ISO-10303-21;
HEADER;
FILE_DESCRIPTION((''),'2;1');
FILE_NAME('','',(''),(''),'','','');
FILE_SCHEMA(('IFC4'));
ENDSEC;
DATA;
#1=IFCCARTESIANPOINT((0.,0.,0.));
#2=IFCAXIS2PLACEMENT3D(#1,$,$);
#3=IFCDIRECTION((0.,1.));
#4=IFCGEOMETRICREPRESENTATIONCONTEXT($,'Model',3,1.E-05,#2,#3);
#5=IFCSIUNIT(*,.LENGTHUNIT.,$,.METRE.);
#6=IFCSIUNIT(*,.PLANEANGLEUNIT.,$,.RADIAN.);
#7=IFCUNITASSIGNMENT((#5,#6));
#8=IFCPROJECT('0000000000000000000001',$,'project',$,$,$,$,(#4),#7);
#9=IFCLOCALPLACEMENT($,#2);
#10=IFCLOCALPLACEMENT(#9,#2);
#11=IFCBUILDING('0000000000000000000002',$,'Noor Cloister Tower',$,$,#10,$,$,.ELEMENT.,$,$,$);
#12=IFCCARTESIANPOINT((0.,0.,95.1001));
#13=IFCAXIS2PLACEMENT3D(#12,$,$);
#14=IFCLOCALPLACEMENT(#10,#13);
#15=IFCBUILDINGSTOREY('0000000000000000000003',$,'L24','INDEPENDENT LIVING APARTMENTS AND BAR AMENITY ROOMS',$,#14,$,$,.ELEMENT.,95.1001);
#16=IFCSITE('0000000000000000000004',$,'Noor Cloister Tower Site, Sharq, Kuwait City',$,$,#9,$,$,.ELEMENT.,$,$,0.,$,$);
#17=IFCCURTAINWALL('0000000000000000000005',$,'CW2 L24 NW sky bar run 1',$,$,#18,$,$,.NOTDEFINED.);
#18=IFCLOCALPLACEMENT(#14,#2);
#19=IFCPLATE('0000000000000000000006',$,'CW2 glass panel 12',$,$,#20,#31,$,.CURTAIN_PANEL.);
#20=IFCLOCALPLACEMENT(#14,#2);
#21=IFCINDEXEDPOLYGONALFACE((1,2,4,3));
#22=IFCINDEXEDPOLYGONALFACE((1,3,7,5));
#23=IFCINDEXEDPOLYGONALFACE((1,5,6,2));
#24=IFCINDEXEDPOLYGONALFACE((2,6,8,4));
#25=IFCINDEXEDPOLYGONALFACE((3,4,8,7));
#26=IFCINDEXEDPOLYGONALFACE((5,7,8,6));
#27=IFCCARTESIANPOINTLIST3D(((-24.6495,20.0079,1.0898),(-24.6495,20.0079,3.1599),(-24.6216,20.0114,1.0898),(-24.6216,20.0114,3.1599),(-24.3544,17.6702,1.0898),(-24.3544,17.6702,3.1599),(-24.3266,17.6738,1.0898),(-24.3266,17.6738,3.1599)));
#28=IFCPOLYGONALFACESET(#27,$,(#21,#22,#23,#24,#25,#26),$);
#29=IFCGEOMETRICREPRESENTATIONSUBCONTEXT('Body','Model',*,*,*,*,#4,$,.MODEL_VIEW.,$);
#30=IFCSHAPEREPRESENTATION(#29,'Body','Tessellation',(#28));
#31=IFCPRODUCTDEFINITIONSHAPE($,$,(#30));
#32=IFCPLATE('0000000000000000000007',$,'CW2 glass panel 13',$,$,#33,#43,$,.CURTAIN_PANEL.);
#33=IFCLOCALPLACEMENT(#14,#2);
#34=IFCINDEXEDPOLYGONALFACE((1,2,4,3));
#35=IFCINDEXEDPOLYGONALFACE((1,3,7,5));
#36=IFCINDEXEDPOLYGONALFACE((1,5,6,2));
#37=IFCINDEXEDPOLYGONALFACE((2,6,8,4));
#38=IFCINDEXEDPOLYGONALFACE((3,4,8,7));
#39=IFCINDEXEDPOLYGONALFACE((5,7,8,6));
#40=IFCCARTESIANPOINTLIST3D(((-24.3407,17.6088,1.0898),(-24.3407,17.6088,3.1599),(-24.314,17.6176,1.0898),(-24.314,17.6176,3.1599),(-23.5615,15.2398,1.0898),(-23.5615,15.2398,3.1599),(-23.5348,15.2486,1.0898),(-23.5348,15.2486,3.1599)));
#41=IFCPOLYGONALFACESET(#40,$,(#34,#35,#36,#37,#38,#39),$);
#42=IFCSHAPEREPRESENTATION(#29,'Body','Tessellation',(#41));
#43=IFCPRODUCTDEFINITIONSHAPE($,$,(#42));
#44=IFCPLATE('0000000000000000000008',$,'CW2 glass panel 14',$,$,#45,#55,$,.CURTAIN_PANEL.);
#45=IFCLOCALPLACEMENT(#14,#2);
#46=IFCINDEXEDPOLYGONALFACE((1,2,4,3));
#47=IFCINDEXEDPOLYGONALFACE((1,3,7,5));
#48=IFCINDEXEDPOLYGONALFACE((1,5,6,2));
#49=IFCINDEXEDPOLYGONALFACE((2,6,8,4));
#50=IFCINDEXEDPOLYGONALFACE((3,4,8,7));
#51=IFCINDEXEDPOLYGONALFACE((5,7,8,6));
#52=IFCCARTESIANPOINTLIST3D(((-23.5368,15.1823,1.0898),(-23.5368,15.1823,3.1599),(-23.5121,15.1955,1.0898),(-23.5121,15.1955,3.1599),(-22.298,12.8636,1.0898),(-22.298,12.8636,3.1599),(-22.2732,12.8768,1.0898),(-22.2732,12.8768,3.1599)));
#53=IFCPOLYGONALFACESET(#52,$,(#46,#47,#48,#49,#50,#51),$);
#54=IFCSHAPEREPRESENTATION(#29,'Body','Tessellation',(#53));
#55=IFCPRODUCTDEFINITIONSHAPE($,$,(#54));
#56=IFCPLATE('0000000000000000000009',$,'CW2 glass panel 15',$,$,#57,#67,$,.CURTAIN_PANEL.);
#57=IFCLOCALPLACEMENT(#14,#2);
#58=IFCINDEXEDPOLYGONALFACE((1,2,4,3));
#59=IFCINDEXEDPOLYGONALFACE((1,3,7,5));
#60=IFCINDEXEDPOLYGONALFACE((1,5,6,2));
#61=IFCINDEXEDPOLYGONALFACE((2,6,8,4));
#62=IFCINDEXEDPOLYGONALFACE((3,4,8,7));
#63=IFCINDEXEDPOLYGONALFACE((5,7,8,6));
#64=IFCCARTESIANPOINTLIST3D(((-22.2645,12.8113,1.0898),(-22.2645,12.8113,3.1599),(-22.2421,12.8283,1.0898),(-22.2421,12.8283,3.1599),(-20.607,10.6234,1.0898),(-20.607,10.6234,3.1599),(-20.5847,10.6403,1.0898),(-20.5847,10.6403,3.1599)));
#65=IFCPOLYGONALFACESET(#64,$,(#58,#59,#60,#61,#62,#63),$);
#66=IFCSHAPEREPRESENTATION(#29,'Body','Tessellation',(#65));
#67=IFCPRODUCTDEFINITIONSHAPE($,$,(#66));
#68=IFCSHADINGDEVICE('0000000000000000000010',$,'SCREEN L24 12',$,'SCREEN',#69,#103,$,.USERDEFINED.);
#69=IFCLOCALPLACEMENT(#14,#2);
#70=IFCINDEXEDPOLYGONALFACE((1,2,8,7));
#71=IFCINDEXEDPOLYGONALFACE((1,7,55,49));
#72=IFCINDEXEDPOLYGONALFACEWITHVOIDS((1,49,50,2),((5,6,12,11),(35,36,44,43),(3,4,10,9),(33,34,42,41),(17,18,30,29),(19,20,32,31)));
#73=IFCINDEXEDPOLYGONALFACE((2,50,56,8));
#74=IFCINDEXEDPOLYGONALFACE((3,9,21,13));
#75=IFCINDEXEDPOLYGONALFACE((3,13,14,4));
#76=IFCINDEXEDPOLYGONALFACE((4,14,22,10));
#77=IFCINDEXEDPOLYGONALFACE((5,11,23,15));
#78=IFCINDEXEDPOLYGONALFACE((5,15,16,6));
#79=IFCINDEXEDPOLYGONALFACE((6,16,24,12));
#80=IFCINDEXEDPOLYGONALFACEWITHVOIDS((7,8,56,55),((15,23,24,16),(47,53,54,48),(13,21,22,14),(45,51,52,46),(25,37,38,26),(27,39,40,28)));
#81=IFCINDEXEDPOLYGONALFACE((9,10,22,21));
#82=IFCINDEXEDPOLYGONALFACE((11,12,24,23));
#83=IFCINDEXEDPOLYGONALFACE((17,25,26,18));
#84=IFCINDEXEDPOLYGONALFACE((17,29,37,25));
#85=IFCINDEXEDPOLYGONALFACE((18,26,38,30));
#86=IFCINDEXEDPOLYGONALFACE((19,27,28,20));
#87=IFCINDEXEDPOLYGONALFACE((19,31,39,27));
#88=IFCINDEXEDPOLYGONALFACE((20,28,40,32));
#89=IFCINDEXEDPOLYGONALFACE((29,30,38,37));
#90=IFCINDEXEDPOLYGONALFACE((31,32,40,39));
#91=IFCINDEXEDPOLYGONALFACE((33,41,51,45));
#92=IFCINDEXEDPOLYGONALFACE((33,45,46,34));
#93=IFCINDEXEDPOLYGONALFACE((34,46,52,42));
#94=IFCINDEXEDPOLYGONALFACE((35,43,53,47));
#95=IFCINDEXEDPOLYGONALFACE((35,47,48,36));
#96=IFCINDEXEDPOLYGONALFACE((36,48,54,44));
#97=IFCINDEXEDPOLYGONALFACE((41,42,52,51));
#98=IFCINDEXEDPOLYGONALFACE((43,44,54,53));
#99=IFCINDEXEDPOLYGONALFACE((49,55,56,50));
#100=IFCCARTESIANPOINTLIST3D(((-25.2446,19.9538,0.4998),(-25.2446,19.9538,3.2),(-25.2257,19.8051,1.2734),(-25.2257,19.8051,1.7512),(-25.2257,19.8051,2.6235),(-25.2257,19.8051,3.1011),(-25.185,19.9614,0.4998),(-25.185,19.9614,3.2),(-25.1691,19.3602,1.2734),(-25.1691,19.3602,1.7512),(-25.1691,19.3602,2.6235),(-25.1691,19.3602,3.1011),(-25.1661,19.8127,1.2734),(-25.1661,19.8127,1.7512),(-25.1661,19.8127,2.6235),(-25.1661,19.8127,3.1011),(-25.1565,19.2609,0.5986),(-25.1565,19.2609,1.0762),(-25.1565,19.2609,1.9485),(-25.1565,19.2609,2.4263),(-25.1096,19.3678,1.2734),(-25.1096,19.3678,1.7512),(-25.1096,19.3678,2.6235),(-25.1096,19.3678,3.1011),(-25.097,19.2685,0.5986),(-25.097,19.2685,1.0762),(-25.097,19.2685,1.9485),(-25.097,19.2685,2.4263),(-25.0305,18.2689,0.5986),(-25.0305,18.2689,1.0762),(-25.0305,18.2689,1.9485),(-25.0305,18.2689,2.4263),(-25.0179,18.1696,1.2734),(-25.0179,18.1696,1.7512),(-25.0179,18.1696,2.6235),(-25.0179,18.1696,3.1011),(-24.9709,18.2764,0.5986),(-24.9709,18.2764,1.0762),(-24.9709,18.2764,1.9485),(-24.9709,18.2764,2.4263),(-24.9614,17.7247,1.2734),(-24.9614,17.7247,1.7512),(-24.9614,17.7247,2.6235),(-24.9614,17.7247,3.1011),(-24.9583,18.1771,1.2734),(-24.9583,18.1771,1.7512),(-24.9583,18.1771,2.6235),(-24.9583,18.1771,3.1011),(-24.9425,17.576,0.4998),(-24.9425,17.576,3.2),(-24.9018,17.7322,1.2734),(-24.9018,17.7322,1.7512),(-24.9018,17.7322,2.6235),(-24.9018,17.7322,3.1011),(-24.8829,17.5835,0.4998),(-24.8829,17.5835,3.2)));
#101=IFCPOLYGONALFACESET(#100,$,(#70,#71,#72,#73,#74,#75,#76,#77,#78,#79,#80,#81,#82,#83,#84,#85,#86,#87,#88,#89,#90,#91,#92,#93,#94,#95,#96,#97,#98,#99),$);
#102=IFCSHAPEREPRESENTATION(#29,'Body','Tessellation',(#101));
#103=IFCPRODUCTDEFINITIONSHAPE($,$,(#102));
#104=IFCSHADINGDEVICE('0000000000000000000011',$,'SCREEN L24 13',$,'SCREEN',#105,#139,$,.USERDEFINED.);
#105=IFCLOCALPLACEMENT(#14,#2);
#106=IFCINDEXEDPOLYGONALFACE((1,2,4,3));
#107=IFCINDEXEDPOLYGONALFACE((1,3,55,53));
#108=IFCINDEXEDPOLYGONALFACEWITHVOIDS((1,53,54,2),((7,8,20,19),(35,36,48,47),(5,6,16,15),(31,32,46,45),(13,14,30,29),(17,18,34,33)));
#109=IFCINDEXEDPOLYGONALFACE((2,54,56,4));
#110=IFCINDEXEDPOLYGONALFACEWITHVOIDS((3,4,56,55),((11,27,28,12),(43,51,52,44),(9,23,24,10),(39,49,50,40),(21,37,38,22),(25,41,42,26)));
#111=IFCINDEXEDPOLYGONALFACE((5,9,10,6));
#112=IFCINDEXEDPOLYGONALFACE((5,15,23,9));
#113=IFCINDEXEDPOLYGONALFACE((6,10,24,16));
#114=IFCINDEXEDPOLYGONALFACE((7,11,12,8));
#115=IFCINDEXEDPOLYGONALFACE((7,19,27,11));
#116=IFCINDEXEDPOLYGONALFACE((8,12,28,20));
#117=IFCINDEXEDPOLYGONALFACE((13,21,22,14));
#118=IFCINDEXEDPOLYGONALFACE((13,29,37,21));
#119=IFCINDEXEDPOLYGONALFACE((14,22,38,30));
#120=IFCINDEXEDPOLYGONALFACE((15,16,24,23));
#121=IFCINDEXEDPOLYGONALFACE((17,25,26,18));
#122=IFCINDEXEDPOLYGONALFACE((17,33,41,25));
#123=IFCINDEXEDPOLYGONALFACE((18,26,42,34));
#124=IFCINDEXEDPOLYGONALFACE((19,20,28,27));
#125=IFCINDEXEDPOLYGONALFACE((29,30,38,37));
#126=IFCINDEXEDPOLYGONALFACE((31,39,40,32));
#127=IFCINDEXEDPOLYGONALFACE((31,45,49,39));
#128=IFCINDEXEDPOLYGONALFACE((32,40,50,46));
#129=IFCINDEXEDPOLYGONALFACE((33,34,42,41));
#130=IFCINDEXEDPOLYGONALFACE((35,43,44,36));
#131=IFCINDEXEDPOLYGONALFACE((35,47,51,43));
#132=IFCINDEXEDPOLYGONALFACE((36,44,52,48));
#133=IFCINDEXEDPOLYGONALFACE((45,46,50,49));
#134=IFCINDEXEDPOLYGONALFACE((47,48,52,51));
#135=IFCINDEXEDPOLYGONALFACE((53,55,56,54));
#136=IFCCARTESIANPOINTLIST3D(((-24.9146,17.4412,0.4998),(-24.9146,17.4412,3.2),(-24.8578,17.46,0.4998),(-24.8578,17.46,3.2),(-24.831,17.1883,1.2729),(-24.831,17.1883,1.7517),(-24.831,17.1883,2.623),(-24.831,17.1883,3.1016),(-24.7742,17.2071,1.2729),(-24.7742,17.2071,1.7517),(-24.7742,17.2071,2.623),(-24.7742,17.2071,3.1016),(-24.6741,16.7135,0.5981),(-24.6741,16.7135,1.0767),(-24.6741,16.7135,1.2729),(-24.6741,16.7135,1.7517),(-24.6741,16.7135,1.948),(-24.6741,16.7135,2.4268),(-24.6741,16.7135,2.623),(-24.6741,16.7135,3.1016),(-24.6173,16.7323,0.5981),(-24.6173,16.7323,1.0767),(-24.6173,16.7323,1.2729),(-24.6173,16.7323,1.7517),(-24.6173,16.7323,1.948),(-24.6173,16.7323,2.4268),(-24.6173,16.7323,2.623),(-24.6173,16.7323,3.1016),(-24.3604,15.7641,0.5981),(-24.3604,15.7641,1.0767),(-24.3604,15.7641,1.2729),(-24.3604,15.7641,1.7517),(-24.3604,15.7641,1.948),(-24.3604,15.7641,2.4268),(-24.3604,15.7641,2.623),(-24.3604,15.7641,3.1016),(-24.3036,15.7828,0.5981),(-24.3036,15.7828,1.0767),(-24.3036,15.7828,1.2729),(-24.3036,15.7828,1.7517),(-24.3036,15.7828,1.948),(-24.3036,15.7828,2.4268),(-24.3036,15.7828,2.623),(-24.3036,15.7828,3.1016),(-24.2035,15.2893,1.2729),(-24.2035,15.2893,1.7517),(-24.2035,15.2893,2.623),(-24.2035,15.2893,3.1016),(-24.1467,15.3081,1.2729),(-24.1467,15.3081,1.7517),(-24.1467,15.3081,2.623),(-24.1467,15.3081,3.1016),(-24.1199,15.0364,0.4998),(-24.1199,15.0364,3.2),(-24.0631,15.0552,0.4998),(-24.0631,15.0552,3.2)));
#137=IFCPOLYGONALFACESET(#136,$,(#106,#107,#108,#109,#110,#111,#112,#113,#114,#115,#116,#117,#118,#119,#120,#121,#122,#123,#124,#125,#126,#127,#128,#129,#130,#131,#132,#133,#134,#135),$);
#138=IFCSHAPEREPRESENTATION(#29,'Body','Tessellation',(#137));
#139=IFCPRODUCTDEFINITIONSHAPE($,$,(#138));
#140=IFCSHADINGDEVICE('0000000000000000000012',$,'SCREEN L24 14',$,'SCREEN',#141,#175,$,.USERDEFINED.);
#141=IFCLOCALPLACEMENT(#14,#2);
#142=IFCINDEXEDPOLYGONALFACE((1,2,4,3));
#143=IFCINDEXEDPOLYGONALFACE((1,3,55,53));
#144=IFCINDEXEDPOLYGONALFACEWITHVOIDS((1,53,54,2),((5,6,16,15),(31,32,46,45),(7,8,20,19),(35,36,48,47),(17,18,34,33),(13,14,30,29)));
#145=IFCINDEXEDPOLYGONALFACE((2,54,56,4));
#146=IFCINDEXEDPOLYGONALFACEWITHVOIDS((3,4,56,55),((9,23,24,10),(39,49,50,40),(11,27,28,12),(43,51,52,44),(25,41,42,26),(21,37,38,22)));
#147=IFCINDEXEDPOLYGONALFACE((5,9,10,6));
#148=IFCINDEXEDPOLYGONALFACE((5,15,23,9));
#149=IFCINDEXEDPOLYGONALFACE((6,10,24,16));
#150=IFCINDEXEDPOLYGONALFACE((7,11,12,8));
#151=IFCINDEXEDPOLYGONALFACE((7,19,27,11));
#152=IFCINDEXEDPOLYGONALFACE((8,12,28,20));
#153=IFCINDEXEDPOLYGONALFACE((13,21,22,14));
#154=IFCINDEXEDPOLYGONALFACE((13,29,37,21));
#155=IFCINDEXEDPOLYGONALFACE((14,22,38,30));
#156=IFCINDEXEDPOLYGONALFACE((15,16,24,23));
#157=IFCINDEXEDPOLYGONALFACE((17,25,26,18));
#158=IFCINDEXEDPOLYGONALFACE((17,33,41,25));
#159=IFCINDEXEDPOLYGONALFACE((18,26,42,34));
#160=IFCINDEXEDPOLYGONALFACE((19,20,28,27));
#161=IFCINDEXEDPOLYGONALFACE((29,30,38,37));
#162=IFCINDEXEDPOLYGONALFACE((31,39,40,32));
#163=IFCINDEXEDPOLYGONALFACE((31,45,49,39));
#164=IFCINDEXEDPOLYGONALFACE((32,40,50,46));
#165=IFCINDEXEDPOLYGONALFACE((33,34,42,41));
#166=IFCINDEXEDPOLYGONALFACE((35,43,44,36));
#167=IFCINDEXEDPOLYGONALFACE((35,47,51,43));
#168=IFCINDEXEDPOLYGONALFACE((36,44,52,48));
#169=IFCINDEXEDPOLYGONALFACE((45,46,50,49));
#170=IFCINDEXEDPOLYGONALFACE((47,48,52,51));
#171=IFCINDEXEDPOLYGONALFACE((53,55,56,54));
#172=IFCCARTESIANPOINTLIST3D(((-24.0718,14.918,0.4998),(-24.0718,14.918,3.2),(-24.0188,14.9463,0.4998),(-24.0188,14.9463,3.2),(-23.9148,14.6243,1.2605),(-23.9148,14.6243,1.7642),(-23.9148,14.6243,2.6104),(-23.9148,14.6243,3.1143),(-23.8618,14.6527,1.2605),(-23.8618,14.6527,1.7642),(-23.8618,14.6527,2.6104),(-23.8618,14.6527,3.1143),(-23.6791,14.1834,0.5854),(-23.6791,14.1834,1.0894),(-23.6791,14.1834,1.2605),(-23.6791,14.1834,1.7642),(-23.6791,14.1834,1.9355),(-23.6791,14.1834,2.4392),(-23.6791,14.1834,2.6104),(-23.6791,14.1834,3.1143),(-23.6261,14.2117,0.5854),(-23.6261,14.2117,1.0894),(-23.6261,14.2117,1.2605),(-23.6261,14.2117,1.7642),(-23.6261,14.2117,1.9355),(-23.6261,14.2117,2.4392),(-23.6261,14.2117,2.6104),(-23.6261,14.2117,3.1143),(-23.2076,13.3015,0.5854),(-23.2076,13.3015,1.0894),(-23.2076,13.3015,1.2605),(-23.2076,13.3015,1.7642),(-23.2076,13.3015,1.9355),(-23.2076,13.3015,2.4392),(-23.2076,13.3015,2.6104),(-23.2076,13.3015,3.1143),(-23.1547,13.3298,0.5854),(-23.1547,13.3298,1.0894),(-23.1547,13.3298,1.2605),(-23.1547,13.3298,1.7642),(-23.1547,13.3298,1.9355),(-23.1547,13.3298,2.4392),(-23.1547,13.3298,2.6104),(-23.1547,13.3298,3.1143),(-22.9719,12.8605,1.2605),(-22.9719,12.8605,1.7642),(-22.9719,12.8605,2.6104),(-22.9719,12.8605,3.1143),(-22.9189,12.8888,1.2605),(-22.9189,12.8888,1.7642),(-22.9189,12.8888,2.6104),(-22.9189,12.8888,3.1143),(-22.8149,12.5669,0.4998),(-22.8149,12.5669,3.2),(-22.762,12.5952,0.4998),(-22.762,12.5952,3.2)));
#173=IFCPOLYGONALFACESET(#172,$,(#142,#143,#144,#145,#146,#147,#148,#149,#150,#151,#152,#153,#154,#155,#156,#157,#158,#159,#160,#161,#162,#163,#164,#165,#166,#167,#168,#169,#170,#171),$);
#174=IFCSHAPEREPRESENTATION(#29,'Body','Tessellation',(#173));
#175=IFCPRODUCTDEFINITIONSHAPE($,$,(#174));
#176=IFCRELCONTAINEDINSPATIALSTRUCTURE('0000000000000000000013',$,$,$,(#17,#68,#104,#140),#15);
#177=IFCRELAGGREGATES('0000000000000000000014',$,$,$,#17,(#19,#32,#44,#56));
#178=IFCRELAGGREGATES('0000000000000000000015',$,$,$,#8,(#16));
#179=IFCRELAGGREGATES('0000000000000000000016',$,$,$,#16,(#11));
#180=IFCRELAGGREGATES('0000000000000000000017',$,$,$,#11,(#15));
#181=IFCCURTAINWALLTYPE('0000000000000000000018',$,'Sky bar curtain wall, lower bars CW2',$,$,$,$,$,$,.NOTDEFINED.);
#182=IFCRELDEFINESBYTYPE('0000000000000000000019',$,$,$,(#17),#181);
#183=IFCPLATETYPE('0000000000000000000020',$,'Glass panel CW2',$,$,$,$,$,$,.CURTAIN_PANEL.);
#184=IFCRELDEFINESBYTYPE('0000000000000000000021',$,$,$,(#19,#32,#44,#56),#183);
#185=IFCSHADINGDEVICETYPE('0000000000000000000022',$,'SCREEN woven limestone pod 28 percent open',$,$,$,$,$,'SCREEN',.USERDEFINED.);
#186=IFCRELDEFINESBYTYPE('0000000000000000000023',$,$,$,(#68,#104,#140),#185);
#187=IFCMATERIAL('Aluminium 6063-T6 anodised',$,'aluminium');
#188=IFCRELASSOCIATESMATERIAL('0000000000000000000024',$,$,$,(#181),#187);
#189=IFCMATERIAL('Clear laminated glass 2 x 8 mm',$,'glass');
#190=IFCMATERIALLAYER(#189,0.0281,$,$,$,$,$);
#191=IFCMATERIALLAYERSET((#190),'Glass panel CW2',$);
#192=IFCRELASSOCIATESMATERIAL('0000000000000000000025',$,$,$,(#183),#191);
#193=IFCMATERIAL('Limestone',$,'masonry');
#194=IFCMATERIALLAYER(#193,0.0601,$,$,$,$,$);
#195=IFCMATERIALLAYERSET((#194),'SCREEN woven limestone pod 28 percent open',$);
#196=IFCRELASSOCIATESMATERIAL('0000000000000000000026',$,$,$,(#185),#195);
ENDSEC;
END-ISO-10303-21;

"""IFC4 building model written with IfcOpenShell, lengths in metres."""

from ifc_helpers import new_model, si_unit, direction, frame, origin, origin_2d, place, context, subcontext, project, spatial, polyline, rectangle, outline, extrude, material, layer, layer_set, type_object, element, aggregate, save


model = new_model("IFC4")

# Units and contexts
model_context = context("Model", 3, precision=1e-05, world=origin(), true_north=direction((0.0, 1.0)))
body_context = subcontext(model_context, "Body", "Model", "MODEL_VIEW")
ifc_project = project(units=[si_unit("LENGTHUNIT", "METRE"), si_unit("PLANEANGLEUNIT", "RADIAN")], contexts=[model_context])

# Site, building, storey
site_placement = place(None, origin())
site = spatial("IfcSite", under=ifc_project, at=site_placement, Name="Noor Cloister Tower Site, Sharq, Kuwait City", CompositionType="ELEMENT", RefElevation=0.0)
building_placement = place(site_placement, origin())
building = spatial("IfcBuilding", under=site, at=building_placement, Name="Noor Cloister Tower", CompositionType="ELEMENT")
storey_placement = place(building_placement, frame((0.0, 0.0, 95.1001)))
storey = spatial("IfcBuildingStorey", under=building, at=storey_placement, Name="L24", Description="INDEPENDENT LIVING APARTMENTS AND BAR AMENITY ROOMS", CompositionType="ELEMENT", Elevation=95.1001)

# Curtain wall
ifc_material_1 = material(Name="Aluminium 6063-T6 anodised", Category="aluminium")
curtain_wall_type = type_object("IfcCurtainWallType", Name="Sky bar curtain wall, lower bars CW2", PredefinedType="NOTDEFINED", material=ifc_material_1)
curtain_wall_placement = place(storey_placement, origin())
curtain_wall = element("IfcCurtainWall", 1, at=curtain_wall_placement, inside=storey, type_object=curtain_wall_type, Name="CW2 L24 NW sky bar run 1", PredefinedType="NOTDEFINED")

# Plates
ifc_material_2 = material(Name="Clear laminated glass 2 x 8 mm", Category="glass")
ifc_layer_1 = layer(ifc_material_2, 0.0281)
ifc_layer_set_1 = layer_set([ifc_layer_1], Name="Glass panel CW2")
plate_type = type_object("IfcPlateType", Name="Glass panel CW2", PredefinedType="CURTAIN_PANEL", material=ifc_layer_set_1)
plate_1_placement = place(storey_placement, frame((-24.488, 18.8408, 1.0898), z_axis=(0.0, 0.0, 1.0), x_axis=(0.125227, -0.992128, 0.0)))
plate_1 = element("IfcPlate", 2, at=plate_1_placement, type_object=plate_type, Name="CW2 glass panel 12", PredefinedType="CURTAIN_PANEL", context=body_context, shape_type="SweptSolid", body=[
    extrude(rectangle(XDim=2.3562, YDim=0.0281, at=origin_2d()), origin(), (0.0, 0.0, 1.0), 2.0701),
])
plate_2_placement = place(storey_placement, frame((-23.9377, 16.4287, 1.0898), z_axis=(0.0, 0.0, 1.0), x_axis=(0.312457, -0.949932, 0.0)))
plate_2 = element("IfcPlate", 3, at=plate_2_placement, type_object=plate_type, Name="CW2 glass panel 13", PredefinedType="CURTAIN_PANEL", context=body_context, shape_type="SweptSolid", body=[
    extrude(rectangle(XDim=2.4939, YDim=0.0281, at=origin_2d()), origin(), (0.0, 0.0, 1.0), 2.0701),
])
plate_3_placement = place(storey_placement, frame((-22.905, 14.0295, 1.0898), z_axis=(0.0, 0.0, 1.0), x_axis=(0.471239, -0.882006, 0.0)))
plate_3 = element("IfcPlate", 4, at=plate_3_placement, type_object=plate_type, Name="CW2 glass panel 14", PredefinedType="CURTAIN_PANEL", context=body_context, shape_type="SweptSolid", body=[
    extrude(rectangle(XDim=2.6289, YDim=0.0281, at=origin_2d()), origin(), (0.0, 0.0, 1.0), 2.0701),
])
plate_4_placement = place(storey_placement, frame((-21.4246, 11.7258, 1.0898), z_axis=(0.0, 0.0, 1.0), x_axis=(0.603826, -0.797116, 0.0)))
plate_4 = element("IfcPlate", 5, at=plate_4_placement, type_object=plate_type, Name="CW2 glass panel 15", PredefinedType="CURTAIN_PANEL", context=body_context, shape_type="SweptSolid", body=[
    extrude(rectangle(XDim=2.7449, YDim=0.0281, at=origin_2d()), origin(), (0.0, 0.0, 1.0), 2.0701),
])
aggregate(curtain_wall, [plate_1, plate_2, plate_3, plate_4])

# Shading devices
ifc_material_3 = material(Name="Limestone", Category="masonry")
ifc_layer_2 = layer(ifc_material_3, 0.0601)
ifc_layer_set_2 = layer_set([ifc_layer_2], Name="SCREEN woven limestone pod 28 percent open")
shading_device_type = type_object("IfcShadingDeviceType", Name="SCREEN woven limestone pod 28 percent open", ElementType="SCREEN", PredefinedType="USERDEFINED", material=ifc_layer_set_2)
shading_device_1_placement = place(storey_placement, frame((-25.0339, 18.7725, 1.8499), z_axis=(-0.992026, -0.126036, 0.0), x_axis=(0.126036, -0.992026, 0.0)))
element("IfcShadingDevice", 6, at=shading_device_1_placement, inside=storey, type_object=shading_device_type, Name="SCREEN L24 12", ObjectType="SCREEN", PredefinedType="USERDEFINED", context=body_context, shape_type="SweptSolid", body=[
    extrude(outline(polyline([(-1.1985, -1.3501), (1.1985, -1.3501), (1.1985, 1.3501), (-1.1985, 1.3501), (-1.1985, -1.3501)]), holes=[polyline([(-0.5, -1.2512), (0.5, -1.2512), (0.5, -0.7737), (-0.5, -0.7737), (-0.5, -1.2512)]), polyline([(0.6001, -0.5764), (1.0486, -0.5764), (1.0486, -0.0986), (0.6001, -0.0986), (0.6001, -0.5764)]), polyline([(-1.0486, -0.5764), (-0.6001, -0.5764), (-0.6001, -0.0986), (-1.0486, -0.0986), (-1.0486, -0.5764)]), polyline([(-0.5, 0.0986), (0.5, 0.0986), (0.5, 0.5764), (-0.5, 0.5764), (-0.5, 0.0986)]), polyline([(0.6001, 0.7737), (1.0486, 0.7737), (1.0486, 1.2512), (0.6001, 1.2512), (0.6001, 0.7737)]), polyline([(-1.0486, 0.7737), (-0.6001, 0.7737), (-0.6001, 1.2512), (-1.0486, 1.2512), (-1.0486, 0.7737)])]), origin(), (0.0, 0.0, 1.0), 0.0601),
])
shading_device_2_placement = place(storey_placement, frame((-24.4604, 16.2576, 1.8499), z_axis=(-0.949495, -0.313782, 0.0), x_axis=(0.313782, -0.949495, 0.0)))
element("IfcShadingDevice", 7, at=shading_device_2_placement, inside=storey, type_object=shading_device_type, Name="SCREEN L24 13", ObjectType="SCREEN", PredefinedType="USERDEFINED", context=body_context, shape_type="SweptSolid", body=[
    extrude(outline(polyline([(-1.2664, -1.3501), (1.2664, -1.3501), (1.2664, 1.3501), (-1.2664, 1.3501), (-1.2664, -1.3501)]), holes=[polyline([(-0.5, -1.2517), (0.5, -1.2517), (0.5, -0.7732), (-0.5, -0.7732), (-0.5, -1.2517)]), polyline([(-1.0, -0.5769), (-0.5, -0.5769), (-0.5, -0.0981), (-1.0, -0.0981), (-1.0, -0.5769)]), polyline([(0.5, -0.5769), (1.0, -0.5769), (1.0, -0.0981), (0.5, -0.0981), (0.5, -0.5769)]), polyline([(-0.5, 0.0981), (0.5, 0.0981), (0.5, 0.5769), (-0.5, 0.5769), (-0.5, 0.0981)]), polyline([(-1.0, 0.7732), (-0.5, 0.7732), (-0.5, 1.2517), (-1.0, 1.2517), (-1.0, 0.7732)]), polyline([(0.5, 0.7732), (1.0, 0.7732), (1.0, 1.2517), (0.5, 1.2517), (0.5, 0.7732)])]), origin(), (0.0, 0.0, 1.0), 0.0598),
])
shading_device_3_placement = place(storey_placement, frame((-23.3904, 13.7708, 1.8499), z_axis=(-0.881903, -0.471432, 0.0), x_axis=(0.471432, -0.881903, 0.0)))
element("IfcShadingDevice", 8, at=shading_device_3_placement, inside=storey, type_object=shading_device_type, Name="SCREEN L24 14", ObjectType="SCREEN", PredefinedType="USERDEFINED", context=body_context, shape_type="SweptSolid", body=[
    extrude(outline(polyline([(-1.333, -1.3501), (1.333, -1.3501), (1.333, 1.3501), (-1.333, 1.3501), (-1.333, -1.3501)]), holes=[polyline([(-0.5, -1.2644), (0.5, -1.2644), (0.5, -0.7605), (-0.5, -0.7605), (-0.5, -1.2644)]), polyline([(-1.0, -0.5894), (-0.5, -0.5894), (-0.5, -0.0857), (-1.0, -0.0857), (-1.0, -0.5894)]), polyline([(0.5, -0.5894), (1.0, -0.5894), (1.0, -0.0857), (0.5, -0.0857), (0.5, -0.5894)]), polyline([(-0.5, 0.0857), (0.5, 0.0857), (0.5, 0.5894), (-0.5, 0.5894), (-0.5, 0.0857)]), polyline([(-1.0, 0.7605), (-0.5, 0.7605), (-0.5, 1.2644), (-1.0, 1.2644), (-1.0, 0.7605)]), polyline([(0.5, 0.7605), (1.0, 0.7605), (1.0, 1.2644), (0.5, 1.2644), (0.5, 0.7605)])]), origin(), (0.0, 0.0, 1.0), 0.0601),
])

save(model, "model.ifc")
